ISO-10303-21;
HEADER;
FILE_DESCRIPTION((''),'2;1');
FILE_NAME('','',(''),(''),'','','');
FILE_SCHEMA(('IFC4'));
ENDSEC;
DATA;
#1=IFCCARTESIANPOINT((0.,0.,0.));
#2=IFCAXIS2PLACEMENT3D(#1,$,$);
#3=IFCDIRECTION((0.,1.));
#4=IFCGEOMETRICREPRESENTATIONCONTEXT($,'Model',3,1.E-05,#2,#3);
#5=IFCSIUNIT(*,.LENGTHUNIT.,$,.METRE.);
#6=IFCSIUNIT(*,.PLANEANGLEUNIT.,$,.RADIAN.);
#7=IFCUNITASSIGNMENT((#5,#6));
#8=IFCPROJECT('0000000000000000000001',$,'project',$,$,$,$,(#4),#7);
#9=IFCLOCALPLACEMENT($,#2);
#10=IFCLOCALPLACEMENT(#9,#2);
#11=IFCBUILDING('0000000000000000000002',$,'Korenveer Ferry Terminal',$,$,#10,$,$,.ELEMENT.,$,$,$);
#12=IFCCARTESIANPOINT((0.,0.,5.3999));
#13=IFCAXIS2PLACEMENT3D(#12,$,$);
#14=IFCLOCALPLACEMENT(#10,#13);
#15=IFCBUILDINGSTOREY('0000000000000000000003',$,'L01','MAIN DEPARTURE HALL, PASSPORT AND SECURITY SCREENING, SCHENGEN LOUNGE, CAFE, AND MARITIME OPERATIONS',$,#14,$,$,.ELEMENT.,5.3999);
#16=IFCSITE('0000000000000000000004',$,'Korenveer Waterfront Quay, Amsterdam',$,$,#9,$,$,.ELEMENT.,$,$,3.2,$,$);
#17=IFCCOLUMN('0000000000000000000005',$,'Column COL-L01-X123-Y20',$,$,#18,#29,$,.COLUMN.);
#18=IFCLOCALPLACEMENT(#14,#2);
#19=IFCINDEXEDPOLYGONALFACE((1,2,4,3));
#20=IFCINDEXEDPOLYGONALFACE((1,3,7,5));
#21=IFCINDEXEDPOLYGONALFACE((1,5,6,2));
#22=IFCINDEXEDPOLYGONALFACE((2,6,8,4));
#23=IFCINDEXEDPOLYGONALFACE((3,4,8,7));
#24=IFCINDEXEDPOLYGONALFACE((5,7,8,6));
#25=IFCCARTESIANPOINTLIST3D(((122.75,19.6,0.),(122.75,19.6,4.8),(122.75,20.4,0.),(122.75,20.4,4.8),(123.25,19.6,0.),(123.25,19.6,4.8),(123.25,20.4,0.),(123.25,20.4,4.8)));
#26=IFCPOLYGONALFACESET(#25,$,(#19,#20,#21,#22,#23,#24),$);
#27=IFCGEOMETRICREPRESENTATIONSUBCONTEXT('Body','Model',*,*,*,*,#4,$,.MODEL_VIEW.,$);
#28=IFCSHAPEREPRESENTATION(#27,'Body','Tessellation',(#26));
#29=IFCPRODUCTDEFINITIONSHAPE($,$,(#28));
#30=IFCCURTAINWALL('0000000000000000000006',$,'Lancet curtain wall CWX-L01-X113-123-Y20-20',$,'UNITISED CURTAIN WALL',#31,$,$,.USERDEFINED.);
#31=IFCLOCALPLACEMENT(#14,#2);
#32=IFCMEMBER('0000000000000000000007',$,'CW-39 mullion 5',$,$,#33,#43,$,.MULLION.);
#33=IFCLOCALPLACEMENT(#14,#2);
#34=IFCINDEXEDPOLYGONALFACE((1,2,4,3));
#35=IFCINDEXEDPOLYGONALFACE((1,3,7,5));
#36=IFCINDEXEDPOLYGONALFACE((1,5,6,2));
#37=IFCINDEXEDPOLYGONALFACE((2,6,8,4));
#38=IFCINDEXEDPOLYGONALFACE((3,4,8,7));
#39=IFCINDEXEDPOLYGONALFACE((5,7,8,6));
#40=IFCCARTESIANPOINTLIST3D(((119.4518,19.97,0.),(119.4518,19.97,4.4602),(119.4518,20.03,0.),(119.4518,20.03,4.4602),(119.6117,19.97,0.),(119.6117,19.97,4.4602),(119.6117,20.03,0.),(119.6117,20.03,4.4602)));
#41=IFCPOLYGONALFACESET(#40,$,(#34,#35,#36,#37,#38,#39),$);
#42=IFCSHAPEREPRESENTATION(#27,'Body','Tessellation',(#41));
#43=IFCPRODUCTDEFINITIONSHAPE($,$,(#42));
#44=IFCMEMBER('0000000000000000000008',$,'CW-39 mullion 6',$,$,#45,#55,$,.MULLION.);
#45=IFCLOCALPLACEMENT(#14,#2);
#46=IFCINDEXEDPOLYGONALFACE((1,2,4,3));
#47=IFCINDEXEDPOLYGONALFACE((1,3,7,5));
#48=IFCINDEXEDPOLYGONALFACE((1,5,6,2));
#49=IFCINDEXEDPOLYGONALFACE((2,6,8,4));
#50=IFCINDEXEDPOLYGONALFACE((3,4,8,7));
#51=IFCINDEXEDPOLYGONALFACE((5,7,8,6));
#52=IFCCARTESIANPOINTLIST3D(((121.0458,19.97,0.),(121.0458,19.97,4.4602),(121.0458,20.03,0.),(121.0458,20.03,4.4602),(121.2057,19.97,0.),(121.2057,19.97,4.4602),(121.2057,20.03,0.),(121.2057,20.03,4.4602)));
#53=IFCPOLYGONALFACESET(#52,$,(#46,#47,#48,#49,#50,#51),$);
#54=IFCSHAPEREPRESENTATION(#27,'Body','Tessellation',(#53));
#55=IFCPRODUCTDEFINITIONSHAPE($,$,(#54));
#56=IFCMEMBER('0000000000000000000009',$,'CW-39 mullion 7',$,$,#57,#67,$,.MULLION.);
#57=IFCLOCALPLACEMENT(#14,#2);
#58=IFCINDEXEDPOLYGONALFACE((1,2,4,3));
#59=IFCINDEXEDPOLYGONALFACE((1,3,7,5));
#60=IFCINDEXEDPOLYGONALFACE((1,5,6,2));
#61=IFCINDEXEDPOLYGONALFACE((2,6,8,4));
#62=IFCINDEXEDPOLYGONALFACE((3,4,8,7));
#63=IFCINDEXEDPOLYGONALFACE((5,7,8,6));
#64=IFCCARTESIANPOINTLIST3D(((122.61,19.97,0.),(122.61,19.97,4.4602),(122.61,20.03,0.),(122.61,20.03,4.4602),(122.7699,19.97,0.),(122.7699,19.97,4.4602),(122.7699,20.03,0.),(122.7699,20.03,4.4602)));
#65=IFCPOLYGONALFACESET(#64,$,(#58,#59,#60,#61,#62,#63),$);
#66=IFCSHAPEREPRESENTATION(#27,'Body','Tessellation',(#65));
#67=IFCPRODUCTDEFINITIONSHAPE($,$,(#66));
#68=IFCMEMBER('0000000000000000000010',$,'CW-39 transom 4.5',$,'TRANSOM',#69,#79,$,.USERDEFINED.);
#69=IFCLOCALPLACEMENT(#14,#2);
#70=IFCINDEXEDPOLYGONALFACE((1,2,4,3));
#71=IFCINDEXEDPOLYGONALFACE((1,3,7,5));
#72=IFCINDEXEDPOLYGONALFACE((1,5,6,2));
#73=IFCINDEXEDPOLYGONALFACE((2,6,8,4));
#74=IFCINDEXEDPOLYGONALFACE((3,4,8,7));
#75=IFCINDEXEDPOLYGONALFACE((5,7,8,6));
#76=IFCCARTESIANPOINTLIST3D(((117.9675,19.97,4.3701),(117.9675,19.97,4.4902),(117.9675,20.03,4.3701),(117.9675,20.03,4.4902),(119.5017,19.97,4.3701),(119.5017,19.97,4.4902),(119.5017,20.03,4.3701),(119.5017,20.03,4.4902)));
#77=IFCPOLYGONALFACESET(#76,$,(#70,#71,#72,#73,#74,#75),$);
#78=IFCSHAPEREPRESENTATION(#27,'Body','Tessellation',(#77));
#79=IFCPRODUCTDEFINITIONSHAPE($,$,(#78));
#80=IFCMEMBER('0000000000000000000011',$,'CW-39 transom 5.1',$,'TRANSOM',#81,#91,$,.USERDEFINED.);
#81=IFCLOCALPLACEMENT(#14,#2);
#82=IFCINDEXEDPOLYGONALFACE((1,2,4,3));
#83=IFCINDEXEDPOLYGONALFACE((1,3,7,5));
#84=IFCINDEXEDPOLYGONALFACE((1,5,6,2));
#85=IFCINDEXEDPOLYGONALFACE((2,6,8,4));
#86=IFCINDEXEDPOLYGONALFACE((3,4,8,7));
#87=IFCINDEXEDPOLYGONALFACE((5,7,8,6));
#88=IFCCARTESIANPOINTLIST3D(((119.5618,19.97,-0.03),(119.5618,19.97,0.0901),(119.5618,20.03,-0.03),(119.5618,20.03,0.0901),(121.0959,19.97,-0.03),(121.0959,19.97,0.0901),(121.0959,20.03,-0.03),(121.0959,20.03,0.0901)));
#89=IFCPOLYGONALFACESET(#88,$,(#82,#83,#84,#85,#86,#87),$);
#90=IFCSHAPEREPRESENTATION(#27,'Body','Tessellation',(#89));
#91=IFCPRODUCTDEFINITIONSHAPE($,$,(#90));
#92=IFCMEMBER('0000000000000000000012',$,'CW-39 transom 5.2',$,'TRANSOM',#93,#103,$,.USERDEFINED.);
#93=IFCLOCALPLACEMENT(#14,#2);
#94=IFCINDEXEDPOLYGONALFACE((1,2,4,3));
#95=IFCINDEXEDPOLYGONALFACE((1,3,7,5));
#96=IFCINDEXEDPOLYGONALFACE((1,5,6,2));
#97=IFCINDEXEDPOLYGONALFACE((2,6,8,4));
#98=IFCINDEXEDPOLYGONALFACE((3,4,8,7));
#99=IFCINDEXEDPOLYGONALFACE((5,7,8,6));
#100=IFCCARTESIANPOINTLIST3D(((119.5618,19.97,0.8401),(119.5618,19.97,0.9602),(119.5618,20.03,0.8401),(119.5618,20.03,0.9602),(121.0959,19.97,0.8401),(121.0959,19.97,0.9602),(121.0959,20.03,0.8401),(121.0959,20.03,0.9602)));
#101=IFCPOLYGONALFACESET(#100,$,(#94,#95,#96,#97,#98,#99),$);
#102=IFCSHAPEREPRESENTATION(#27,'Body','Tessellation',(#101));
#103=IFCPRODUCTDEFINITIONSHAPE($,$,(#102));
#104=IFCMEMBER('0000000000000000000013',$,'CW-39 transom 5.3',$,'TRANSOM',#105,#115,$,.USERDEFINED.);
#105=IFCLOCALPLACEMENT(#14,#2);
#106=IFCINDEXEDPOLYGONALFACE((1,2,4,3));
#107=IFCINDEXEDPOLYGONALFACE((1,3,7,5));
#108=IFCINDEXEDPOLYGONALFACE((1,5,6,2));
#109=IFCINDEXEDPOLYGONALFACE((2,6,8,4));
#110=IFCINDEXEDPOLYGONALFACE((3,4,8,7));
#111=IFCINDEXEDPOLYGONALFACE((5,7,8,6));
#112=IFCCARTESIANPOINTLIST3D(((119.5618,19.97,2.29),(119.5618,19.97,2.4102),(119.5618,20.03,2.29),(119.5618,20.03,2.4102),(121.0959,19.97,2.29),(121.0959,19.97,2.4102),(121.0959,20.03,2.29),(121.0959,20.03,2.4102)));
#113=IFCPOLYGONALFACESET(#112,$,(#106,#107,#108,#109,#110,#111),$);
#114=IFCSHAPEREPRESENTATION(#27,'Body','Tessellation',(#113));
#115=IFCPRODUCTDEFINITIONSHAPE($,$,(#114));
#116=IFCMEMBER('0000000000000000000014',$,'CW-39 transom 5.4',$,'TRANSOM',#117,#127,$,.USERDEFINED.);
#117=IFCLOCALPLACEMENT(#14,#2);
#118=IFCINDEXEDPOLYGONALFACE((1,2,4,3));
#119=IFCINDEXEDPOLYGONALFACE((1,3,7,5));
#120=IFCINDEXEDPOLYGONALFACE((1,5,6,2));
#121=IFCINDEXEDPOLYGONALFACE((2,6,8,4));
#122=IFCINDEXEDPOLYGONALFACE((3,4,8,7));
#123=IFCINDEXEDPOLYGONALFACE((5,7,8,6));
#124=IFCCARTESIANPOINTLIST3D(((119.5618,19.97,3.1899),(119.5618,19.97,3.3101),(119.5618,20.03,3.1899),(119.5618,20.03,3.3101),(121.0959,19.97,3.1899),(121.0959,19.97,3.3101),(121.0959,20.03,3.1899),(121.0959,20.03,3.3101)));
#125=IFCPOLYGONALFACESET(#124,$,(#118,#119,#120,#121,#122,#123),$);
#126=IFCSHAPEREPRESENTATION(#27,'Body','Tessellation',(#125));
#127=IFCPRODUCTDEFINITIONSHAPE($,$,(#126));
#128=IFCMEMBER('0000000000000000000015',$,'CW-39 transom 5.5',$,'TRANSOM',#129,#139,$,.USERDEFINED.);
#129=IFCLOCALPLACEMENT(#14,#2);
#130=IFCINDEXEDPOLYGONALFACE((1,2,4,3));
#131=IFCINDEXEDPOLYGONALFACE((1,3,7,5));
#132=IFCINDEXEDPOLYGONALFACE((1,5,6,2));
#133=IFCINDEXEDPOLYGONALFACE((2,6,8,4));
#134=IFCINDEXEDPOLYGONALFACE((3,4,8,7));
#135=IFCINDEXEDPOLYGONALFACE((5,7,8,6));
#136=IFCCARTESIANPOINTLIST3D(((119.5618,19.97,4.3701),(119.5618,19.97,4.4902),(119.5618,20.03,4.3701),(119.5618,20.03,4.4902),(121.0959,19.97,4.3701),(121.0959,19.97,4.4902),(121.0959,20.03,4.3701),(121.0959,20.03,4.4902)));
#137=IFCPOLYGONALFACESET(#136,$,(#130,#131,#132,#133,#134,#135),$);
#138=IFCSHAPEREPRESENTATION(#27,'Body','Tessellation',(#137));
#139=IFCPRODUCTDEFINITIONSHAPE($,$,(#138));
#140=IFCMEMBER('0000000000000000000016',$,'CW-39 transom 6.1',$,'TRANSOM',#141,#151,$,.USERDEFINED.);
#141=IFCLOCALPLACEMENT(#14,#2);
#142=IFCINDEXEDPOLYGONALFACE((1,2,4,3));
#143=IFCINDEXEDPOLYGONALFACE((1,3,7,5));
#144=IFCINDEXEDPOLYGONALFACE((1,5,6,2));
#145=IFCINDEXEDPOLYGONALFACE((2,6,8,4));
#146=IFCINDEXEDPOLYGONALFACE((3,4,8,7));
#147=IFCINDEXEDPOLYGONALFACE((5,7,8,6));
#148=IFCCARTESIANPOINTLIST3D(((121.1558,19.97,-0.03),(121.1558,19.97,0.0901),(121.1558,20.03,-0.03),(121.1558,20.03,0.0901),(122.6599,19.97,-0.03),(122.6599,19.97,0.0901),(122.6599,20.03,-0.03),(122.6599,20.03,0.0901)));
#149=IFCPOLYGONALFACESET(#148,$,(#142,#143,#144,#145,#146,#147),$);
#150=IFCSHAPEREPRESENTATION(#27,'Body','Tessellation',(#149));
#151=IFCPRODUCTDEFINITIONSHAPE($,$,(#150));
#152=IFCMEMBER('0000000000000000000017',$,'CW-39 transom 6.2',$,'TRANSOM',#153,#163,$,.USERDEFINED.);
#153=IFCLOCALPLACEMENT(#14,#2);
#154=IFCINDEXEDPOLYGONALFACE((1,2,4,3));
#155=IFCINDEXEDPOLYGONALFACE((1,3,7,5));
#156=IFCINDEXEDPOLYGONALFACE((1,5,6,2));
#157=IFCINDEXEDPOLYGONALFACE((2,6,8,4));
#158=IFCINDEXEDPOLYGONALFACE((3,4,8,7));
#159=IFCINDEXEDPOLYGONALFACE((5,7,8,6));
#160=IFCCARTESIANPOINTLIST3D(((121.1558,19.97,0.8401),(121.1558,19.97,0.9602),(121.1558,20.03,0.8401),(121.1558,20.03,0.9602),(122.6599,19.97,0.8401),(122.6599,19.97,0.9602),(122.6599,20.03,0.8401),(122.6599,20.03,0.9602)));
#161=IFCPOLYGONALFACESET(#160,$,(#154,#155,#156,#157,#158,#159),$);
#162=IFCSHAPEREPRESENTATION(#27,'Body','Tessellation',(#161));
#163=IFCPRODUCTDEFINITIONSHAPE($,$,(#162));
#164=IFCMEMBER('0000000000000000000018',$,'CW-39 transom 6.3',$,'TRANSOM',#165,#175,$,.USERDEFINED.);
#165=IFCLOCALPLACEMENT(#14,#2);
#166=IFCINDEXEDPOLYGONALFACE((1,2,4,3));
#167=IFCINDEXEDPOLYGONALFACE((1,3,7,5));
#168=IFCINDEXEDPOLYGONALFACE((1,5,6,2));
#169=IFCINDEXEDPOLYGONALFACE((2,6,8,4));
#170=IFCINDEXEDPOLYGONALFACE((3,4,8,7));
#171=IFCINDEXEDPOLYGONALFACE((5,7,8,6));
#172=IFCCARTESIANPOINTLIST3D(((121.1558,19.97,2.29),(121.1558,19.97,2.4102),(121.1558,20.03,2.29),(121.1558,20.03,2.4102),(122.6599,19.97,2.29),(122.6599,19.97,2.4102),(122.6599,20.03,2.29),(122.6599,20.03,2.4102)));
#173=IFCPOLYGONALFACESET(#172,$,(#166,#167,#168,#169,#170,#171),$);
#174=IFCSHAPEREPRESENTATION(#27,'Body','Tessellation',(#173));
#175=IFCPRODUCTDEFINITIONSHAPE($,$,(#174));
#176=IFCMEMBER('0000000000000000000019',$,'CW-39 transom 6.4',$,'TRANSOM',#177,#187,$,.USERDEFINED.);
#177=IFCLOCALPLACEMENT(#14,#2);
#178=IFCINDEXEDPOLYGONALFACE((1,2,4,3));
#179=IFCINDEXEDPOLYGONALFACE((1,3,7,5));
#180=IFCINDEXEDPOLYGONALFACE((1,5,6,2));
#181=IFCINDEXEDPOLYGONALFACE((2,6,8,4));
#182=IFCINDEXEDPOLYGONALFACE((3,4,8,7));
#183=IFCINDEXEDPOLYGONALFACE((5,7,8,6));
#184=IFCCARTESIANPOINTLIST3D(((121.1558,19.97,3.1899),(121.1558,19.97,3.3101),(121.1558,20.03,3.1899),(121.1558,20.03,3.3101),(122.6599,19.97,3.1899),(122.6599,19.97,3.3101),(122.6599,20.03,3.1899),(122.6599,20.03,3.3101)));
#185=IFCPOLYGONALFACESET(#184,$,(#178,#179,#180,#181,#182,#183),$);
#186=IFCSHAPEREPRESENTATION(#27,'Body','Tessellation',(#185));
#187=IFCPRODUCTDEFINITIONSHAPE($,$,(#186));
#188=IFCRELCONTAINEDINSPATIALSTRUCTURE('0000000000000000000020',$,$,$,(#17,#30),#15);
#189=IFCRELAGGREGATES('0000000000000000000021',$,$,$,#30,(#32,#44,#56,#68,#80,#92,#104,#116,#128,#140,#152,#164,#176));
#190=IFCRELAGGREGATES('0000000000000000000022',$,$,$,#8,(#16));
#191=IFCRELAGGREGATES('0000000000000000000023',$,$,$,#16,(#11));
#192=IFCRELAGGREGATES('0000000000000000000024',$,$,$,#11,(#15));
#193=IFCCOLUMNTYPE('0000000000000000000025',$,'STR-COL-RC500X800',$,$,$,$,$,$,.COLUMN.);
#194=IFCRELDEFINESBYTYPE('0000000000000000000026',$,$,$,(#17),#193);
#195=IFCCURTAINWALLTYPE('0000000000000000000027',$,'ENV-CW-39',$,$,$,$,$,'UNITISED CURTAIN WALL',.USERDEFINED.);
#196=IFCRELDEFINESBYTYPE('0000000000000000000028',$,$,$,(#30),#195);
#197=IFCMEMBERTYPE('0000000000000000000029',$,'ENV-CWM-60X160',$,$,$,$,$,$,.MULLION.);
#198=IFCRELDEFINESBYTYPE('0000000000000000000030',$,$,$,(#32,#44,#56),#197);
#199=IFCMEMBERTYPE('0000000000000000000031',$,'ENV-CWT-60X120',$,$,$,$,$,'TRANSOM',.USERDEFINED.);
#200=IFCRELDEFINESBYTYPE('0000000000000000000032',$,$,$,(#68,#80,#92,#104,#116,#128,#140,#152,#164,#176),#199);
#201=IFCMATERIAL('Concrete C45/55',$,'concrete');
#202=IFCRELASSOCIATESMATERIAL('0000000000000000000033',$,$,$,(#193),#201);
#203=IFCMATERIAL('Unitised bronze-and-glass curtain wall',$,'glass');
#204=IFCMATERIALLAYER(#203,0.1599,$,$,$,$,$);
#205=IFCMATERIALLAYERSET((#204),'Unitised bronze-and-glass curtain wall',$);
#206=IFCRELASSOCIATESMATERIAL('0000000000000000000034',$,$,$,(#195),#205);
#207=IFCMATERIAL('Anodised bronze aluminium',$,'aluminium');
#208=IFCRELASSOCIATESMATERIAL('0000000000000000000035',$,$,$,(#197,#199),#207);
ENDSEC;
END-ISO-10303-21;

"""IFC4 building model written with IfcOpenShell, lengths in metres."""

from ifc_helpers import new_model, si_unit, direction, frame, origin, origin_2d, place, context, subcontext, project, spatial, rectangle, extrude, material, layer, layer_set, material_profile, profile_set, type_object, element, aggregate, save


model = new_model("IFC4")

# Units and contexts
model_context = context("Model", 3, precision=1e-05, world=origin(), true_north=direction((0.0, 1.0)))
body_context = subcontext(model_context, "Body", "Model", "MODEL_VIEW")
ifc_project = project(units=[si_unit("LENGTHUNIT", "METRE"), si_unit("PLANEANGLEUNIT", "RADIAN")], contexts=[model_context])

# Site, building, storey
site_placement = place(None, origin())
site = spatial("IfcSite", under=ifc_project, at=site_placement, Name="Korenveer Waterfront Quay, Amsterdam", CompositionType="ELEMENT", RefElevation=3.2)
building_placement = place(site_placement, origin())
building = spatial("IfcBuilding", under=site, at=building_placement, Name="Korenveer Ferry Terminal", CompositionType="ELEMENT")
storey_placement = place(building_placement, frame((0.0, 0.0, 5.3999)))
storey = spatial("IfcBuildingStorey", under=building, at=storey_placement, Name="L01", Description="MAIN DEPARTURE HALL, PASSPORT AND SECURITY SCREENING, SCHENGEN LOUNGE, CAFE, AND MARITIME OPERATIONS", CompositionType="ELEMENT", Elevation=5.3999)

# Column
ifc_material_1 = material(Name="Concrete C45/55", Category="concrete")
ifc_material_profile_1 = material_profile(ifc_material_1, rectangle(XDim=0.5, YDim=0.8, at=origin_2d()), Name="RC 500x800")
ifc_profile_set_1 = profile_set([ifc_material_profile_1], Name="Concrete C45/55")
column_type = type_object("IfcColumnType", Name="STR-COL-RC500X800", PredefinedType="COLUMN", material=ifc_profile_set_1)
column_placement = place(storey_placement, frame((123.0, 20.0, 0.0), z_axis=(0.0, 0.0, 1.0), x_axis=(1.0, 0.0, 0.0)))
element("IfcColumn", 1, at=column_placement, inside=storey, type_object=column_type, Name="Column COL-L01-X123-Y20", PredefinedType="COLUMN", context=body_context, shape_type="SweptSolid", body=[
    extrude(rectangle(XDim=0.5, YDim=0.8, at=origin_2d()), origin(), (0.0, 0.0, 1.0), 4.8),
])

# Curtain wall, members
ifc_material_2 = material(Name="Unitised bronze-and-glass curtain wall", Category="glass")
ifc_layer_1 = layer(ifc_material_2, 0.1599)
ifc_layer_set_1 = layer_set([ifc_layer_1], Name="Unitised bronze-and-glass curtain wall")
curtain_wall_type = type_object("IfcCurtainWallType", Name="ENV-CW-39", ElementType="UNITISED CURTAIN WALL", PredefinedType="USERDEFINED", material=ifc_layer_set_1)
curtain_wall_placement = place(storey_placement, frame((113.155, 20.0, 0.0)))
curtain_wall = element("IfcCurtainWall", 2, at=curtain_wall_placement, inside=storey, type_object=curtain_wall_type, Name="Lancet curtain wall CWX-L01-X113-123-Y20-20", ObjectType="UNITISED CURTAIN WALL", PredefinedType="USERDEFINED")
ifc_material_3 = material(Name="Anodised bronze aluminium", Category="aluminium")
ifc_material_profile_2 = material_profile(ifc_material_3, rectangle(XDim=0.0601, YDim=0.1599, at=origin_2d()), Name="ALU 60x160")
ifc_profile_set_2 = profile_set([ifc_material_profile_2], Name="Anodised bronze aluminium")
member_type_1 = type_object("IfcMemberType", Name="ENV-CWM-60X160", PredefinedType="MULLION", material=ifc_profile_set_2)
member_1_placement = place(storey_placement, frame((119.5317, 20.0, 0.0), z_axis=(0.0, 0.0, 1.0), x_axis=(0.0, 1.0, 0.0)))
member_1 = element("IfcMember", 3, at=member_1_placement, type_object=member_type_1, Name="CW-39 mullion 5", PredefinedType="MULLION", context=body_context, shape_type="SweptSolid", body=[
    extrude(rectangle(XDim=0.0601, YDim=0.1599, at=origin_2d()), origin(), (0.0, 0.0, 1.0), 4.4602),
])
member_2_placement = place(storey_placement, frame((121.1257, 20.0, 0.0), z_axis=(0.0, 0.0, 1.0), x_axis=(0.0, 1.0, 0.0)))
member_2 = element("IfcMember", 4, at=member_2_placement, type_object=member_type_1, Name="CW-39 mullion 6", PredefinedType="MULLION", context=body_context, shape_type="SweptSolid", body=[
    extrude(rectangle(XDim=0.0601, YDim=0.1599, at=origin_2d()), origin(), (0.0, 0.0, 1.0), 4.4602),
])
member_3_placement = place(storey_placement, frame((122.6899, 20.0, 0.0), z_axis=(0.0, 0.0, 1.0), x_axis=(0.0, 1.0, 0.0)))
member_3 = element("IfcMember", 5, at=member_3_placement, type_object=member_type_1, Name="CW-39 mullion 7", PredefinedType="MULLION", context=body_context, shape_type="SweptSolid", body=[
    extrude(rectangle(XDim=0.0601, YDim=0.1599, at=origin_2d()), origin(), (0.0, 0.0, 1.0), 4.4602),
])
ifc_material_profile_3 = material_profile(ifc_material_3, rectangle(XDim=0.0601, YDim=0.1201, at=origin_2d()), Name="ALU 60x120")
ifc_profile_set_3 = profile_set([ifc_material_profile_3], Name="Anodised bronze aluminium")
member_type_2 = type_object("IfcMemberType", Name="ENV-CWT-60X120", ElementType="TRANSOM", PredefinedType="USERDEFINED", material=ifc_profile_set_3)
member_4_placement = place(storey_placement, frame((117.9675, 20.0, 4.4302), z_axis=(1.0, 0.0, 0.0), x_axis=(0.0, 1.0, 0.0)))
member_4 = element("IfcMember", 6, at=member_4_placement, type_object=member_type_2, Name="CW-39 transom 4.5", ObjectType="TRANSOM", PredefinedType="USERDEFINED", context=body_context, shape_type="SweptSolid", body=[
    extrude(rectangle(XDim=0.0601, YDim=0.1201, at=origin_2d()), origin(), (0.0, 0.0, 1.0), 1.5342),
])
member_5_placement = place(storey_placement, frame((119.5618, 20.0, 0.03), z_axis=(1.0, 0.0, 0.0), x_axis=(0.0, 1.0, 0.0)))
member_5 = element("IfcMember", 7, at=member_5_placement, type_object=member_type_2, Name="CW-39 transom 5.1", ObjectType="TRANSOM", PredefinedType="USERDEFINED", context=body_context, shape_type="SweptSolid", body=[
    extrude(rectangle(XDim=0.0601, YDim=0.1201, at=origin_2d()), origin(), (0.0, 0.0, 1.0), 1.5342),
])
member_6_placement = place(storey_placement, frame((119.5618, 20.0, 0.9001), z_axis=(1.0, 0.0, 0.0), x_axis=(0.0, 1.0, 0.0)))
member_6 = element("IfcMember", 8, at=member_6_placement, type_object=member_type_2, Name="CW-39 transom 5.2", ObjectType="TRANSOM", PredefinedType="USERDEFINED", context=body_context, shape_type="SweptSolid", body=[
    extrude(rectangle(XDim=0.0601, YDim=0.1201, at=origin_2d()), origin(), (0.0, 0.0, 1.0), 1.5342),
])
member_7_placement = place(storey_placement, frame((119.5618, 20.0, 2.3501), z_axis=(1.0, 0.0, 0.0), x_axis=(0.0, 1.0, 0.0)))
member_7 = element("IfcMember", 9, at=member_7_placement, type_object=member_type_2, Name="CW-39 transom 5.3", ObjectType="TRANSOM", PredefinedType="USERDEFINED", context=body_context, shape_type="SweptSolid", body=[
    extrude(rectangle(XDim=0.0601, YDim=0.1201, at=origin_2d()), origin(), (0.0, 0.0, 1.0), 1.5342),
])
member_8_placement = place(storey_placement, frame((119.5618, 20.0, 3.25), z_axis=(1.0, 0.0, 0.0), x_axis=(0.0, 1.0, 0.0)))
member_8 = element("IfcMember", 10, at=member_8_placement, type_object=member_type_2, Name="CW-39 transom 5.4", ObjectType="TRANSOM", PredefinedType="USERDEFINED", context=body_context, shape_type="SweptSolid", body=[
    extrude(rectangle(XDim=0.0601, YDim=0.1201, at=origin_2d()), origin(), (0.0, 0.0, 1.0), 1.5342),
])
member_9_placement = place(storey_placement, frame((119.5618, 20.0, 4.4302), z_axis=(1.0, 0.0, 0.0), x_axis=(0.0, 1.0, 0.0)))
member_9 = element("IfcMember", 11, at=member_9_placement, type_object=member_type_2, Name="CW-39 transom 5.5", ObjectType="TRANSOM", PredefinedType="USERDEFINED", context=body_context, shape_type="SweptSolid", body=[
    extrude(rectangle(XDim=0.0601, YDim=0.1201, at=origin_2d()), origin(), (0.0, 0.0, 1.0), 1.5342),
])
member_10_placement = place(storey_placement, frame((121.1558, 20.0, 0.03), z_axis=(1.0, 0.0, 0.0), x_axis=(0.0, 1.0, 0.0)))
member_10 = element("IfcMember", 12, at=member_10_placement, type_object=member_type_2, Name="CW-39 transom 6.1", ObjectType="TRANSOM", PredefinedType="USERDEFINED", context=body_context, shape_type="SweptSolid", body=[
    extrude(rectangle(XDim=0.0601, YDim=0.1201, at=origin_2d()), origin(), (0.0, 0.0, 1.0), 1.5042),
])
member_11_placement = place(storey_placement, frame((121.1558, 20.0, 0.9001), z_axis=(1.0, 0.0, 0.0), x_axis=(0.0, 1.0, 0.0)))
member_11 = element("IfcMember", 13, at=member_11_placement, type_object=member_type_2, Name="CW-39 transom 6.2", ObjectType="TRANSOM", PredefinedType="USERDEFINED", context=body_context, shape_type="SweptSolid", body=[
    extrude(rectangle(XDim=0.0601, YDim=0.1201, at=origin_2d()), origin(), (0.0, 0.0, 1.0), 1.5042),
])
member_12_placement = place(storey_placement, frame((121.1558, 20.0, 2.3501), z_axis=(1.0, 0.0, 0.0), x_axis=(0.0, 1.0, 0.0)))
member_12 = element("IfcMember", 14, at=member_12_placement, type_object=member_type_2, Name="CW-39 transom 6.3", ObjectType="TRANSOM", PredefinedType="USERDEFINED", context=body_context, shape_type="SweptSolid", body=[
    extrude(rectangle(XDim=0.0601, YDim=0.1201, at=origin_2d()), origin(), (0.0, 0.0, 1.0), 1.5042),
])
member_13_placement = place(storey_placement, frame((121.1558, 20.0, 3.25), z_axis=(1.0, 0.0, 0.0), x_axis=(0.0, 1.0, 0.0)))
member_13 = element("IfcMember", 15, at=member_13_placement, type_object=member_type_2, Name="CW-39 transom 6.4", ObjectType="TRANSOM", PredefinedType="USERDEFINED", context=body_context, shape_type="SweptSolid", body=[
    extrude(rectangle(XDim=0.0601, YDim=0.1201, at=origin_2d()), origin(), (0.0, 0.0, 1.0), 1.5042),
])

aggregate(curtain_wall, [member_1, member_2, member_3, member_4, member_5, member_6, member_7, member_8, member_9, member_10, member_11, member_12, member_13])

save(model, "model.ifc")
